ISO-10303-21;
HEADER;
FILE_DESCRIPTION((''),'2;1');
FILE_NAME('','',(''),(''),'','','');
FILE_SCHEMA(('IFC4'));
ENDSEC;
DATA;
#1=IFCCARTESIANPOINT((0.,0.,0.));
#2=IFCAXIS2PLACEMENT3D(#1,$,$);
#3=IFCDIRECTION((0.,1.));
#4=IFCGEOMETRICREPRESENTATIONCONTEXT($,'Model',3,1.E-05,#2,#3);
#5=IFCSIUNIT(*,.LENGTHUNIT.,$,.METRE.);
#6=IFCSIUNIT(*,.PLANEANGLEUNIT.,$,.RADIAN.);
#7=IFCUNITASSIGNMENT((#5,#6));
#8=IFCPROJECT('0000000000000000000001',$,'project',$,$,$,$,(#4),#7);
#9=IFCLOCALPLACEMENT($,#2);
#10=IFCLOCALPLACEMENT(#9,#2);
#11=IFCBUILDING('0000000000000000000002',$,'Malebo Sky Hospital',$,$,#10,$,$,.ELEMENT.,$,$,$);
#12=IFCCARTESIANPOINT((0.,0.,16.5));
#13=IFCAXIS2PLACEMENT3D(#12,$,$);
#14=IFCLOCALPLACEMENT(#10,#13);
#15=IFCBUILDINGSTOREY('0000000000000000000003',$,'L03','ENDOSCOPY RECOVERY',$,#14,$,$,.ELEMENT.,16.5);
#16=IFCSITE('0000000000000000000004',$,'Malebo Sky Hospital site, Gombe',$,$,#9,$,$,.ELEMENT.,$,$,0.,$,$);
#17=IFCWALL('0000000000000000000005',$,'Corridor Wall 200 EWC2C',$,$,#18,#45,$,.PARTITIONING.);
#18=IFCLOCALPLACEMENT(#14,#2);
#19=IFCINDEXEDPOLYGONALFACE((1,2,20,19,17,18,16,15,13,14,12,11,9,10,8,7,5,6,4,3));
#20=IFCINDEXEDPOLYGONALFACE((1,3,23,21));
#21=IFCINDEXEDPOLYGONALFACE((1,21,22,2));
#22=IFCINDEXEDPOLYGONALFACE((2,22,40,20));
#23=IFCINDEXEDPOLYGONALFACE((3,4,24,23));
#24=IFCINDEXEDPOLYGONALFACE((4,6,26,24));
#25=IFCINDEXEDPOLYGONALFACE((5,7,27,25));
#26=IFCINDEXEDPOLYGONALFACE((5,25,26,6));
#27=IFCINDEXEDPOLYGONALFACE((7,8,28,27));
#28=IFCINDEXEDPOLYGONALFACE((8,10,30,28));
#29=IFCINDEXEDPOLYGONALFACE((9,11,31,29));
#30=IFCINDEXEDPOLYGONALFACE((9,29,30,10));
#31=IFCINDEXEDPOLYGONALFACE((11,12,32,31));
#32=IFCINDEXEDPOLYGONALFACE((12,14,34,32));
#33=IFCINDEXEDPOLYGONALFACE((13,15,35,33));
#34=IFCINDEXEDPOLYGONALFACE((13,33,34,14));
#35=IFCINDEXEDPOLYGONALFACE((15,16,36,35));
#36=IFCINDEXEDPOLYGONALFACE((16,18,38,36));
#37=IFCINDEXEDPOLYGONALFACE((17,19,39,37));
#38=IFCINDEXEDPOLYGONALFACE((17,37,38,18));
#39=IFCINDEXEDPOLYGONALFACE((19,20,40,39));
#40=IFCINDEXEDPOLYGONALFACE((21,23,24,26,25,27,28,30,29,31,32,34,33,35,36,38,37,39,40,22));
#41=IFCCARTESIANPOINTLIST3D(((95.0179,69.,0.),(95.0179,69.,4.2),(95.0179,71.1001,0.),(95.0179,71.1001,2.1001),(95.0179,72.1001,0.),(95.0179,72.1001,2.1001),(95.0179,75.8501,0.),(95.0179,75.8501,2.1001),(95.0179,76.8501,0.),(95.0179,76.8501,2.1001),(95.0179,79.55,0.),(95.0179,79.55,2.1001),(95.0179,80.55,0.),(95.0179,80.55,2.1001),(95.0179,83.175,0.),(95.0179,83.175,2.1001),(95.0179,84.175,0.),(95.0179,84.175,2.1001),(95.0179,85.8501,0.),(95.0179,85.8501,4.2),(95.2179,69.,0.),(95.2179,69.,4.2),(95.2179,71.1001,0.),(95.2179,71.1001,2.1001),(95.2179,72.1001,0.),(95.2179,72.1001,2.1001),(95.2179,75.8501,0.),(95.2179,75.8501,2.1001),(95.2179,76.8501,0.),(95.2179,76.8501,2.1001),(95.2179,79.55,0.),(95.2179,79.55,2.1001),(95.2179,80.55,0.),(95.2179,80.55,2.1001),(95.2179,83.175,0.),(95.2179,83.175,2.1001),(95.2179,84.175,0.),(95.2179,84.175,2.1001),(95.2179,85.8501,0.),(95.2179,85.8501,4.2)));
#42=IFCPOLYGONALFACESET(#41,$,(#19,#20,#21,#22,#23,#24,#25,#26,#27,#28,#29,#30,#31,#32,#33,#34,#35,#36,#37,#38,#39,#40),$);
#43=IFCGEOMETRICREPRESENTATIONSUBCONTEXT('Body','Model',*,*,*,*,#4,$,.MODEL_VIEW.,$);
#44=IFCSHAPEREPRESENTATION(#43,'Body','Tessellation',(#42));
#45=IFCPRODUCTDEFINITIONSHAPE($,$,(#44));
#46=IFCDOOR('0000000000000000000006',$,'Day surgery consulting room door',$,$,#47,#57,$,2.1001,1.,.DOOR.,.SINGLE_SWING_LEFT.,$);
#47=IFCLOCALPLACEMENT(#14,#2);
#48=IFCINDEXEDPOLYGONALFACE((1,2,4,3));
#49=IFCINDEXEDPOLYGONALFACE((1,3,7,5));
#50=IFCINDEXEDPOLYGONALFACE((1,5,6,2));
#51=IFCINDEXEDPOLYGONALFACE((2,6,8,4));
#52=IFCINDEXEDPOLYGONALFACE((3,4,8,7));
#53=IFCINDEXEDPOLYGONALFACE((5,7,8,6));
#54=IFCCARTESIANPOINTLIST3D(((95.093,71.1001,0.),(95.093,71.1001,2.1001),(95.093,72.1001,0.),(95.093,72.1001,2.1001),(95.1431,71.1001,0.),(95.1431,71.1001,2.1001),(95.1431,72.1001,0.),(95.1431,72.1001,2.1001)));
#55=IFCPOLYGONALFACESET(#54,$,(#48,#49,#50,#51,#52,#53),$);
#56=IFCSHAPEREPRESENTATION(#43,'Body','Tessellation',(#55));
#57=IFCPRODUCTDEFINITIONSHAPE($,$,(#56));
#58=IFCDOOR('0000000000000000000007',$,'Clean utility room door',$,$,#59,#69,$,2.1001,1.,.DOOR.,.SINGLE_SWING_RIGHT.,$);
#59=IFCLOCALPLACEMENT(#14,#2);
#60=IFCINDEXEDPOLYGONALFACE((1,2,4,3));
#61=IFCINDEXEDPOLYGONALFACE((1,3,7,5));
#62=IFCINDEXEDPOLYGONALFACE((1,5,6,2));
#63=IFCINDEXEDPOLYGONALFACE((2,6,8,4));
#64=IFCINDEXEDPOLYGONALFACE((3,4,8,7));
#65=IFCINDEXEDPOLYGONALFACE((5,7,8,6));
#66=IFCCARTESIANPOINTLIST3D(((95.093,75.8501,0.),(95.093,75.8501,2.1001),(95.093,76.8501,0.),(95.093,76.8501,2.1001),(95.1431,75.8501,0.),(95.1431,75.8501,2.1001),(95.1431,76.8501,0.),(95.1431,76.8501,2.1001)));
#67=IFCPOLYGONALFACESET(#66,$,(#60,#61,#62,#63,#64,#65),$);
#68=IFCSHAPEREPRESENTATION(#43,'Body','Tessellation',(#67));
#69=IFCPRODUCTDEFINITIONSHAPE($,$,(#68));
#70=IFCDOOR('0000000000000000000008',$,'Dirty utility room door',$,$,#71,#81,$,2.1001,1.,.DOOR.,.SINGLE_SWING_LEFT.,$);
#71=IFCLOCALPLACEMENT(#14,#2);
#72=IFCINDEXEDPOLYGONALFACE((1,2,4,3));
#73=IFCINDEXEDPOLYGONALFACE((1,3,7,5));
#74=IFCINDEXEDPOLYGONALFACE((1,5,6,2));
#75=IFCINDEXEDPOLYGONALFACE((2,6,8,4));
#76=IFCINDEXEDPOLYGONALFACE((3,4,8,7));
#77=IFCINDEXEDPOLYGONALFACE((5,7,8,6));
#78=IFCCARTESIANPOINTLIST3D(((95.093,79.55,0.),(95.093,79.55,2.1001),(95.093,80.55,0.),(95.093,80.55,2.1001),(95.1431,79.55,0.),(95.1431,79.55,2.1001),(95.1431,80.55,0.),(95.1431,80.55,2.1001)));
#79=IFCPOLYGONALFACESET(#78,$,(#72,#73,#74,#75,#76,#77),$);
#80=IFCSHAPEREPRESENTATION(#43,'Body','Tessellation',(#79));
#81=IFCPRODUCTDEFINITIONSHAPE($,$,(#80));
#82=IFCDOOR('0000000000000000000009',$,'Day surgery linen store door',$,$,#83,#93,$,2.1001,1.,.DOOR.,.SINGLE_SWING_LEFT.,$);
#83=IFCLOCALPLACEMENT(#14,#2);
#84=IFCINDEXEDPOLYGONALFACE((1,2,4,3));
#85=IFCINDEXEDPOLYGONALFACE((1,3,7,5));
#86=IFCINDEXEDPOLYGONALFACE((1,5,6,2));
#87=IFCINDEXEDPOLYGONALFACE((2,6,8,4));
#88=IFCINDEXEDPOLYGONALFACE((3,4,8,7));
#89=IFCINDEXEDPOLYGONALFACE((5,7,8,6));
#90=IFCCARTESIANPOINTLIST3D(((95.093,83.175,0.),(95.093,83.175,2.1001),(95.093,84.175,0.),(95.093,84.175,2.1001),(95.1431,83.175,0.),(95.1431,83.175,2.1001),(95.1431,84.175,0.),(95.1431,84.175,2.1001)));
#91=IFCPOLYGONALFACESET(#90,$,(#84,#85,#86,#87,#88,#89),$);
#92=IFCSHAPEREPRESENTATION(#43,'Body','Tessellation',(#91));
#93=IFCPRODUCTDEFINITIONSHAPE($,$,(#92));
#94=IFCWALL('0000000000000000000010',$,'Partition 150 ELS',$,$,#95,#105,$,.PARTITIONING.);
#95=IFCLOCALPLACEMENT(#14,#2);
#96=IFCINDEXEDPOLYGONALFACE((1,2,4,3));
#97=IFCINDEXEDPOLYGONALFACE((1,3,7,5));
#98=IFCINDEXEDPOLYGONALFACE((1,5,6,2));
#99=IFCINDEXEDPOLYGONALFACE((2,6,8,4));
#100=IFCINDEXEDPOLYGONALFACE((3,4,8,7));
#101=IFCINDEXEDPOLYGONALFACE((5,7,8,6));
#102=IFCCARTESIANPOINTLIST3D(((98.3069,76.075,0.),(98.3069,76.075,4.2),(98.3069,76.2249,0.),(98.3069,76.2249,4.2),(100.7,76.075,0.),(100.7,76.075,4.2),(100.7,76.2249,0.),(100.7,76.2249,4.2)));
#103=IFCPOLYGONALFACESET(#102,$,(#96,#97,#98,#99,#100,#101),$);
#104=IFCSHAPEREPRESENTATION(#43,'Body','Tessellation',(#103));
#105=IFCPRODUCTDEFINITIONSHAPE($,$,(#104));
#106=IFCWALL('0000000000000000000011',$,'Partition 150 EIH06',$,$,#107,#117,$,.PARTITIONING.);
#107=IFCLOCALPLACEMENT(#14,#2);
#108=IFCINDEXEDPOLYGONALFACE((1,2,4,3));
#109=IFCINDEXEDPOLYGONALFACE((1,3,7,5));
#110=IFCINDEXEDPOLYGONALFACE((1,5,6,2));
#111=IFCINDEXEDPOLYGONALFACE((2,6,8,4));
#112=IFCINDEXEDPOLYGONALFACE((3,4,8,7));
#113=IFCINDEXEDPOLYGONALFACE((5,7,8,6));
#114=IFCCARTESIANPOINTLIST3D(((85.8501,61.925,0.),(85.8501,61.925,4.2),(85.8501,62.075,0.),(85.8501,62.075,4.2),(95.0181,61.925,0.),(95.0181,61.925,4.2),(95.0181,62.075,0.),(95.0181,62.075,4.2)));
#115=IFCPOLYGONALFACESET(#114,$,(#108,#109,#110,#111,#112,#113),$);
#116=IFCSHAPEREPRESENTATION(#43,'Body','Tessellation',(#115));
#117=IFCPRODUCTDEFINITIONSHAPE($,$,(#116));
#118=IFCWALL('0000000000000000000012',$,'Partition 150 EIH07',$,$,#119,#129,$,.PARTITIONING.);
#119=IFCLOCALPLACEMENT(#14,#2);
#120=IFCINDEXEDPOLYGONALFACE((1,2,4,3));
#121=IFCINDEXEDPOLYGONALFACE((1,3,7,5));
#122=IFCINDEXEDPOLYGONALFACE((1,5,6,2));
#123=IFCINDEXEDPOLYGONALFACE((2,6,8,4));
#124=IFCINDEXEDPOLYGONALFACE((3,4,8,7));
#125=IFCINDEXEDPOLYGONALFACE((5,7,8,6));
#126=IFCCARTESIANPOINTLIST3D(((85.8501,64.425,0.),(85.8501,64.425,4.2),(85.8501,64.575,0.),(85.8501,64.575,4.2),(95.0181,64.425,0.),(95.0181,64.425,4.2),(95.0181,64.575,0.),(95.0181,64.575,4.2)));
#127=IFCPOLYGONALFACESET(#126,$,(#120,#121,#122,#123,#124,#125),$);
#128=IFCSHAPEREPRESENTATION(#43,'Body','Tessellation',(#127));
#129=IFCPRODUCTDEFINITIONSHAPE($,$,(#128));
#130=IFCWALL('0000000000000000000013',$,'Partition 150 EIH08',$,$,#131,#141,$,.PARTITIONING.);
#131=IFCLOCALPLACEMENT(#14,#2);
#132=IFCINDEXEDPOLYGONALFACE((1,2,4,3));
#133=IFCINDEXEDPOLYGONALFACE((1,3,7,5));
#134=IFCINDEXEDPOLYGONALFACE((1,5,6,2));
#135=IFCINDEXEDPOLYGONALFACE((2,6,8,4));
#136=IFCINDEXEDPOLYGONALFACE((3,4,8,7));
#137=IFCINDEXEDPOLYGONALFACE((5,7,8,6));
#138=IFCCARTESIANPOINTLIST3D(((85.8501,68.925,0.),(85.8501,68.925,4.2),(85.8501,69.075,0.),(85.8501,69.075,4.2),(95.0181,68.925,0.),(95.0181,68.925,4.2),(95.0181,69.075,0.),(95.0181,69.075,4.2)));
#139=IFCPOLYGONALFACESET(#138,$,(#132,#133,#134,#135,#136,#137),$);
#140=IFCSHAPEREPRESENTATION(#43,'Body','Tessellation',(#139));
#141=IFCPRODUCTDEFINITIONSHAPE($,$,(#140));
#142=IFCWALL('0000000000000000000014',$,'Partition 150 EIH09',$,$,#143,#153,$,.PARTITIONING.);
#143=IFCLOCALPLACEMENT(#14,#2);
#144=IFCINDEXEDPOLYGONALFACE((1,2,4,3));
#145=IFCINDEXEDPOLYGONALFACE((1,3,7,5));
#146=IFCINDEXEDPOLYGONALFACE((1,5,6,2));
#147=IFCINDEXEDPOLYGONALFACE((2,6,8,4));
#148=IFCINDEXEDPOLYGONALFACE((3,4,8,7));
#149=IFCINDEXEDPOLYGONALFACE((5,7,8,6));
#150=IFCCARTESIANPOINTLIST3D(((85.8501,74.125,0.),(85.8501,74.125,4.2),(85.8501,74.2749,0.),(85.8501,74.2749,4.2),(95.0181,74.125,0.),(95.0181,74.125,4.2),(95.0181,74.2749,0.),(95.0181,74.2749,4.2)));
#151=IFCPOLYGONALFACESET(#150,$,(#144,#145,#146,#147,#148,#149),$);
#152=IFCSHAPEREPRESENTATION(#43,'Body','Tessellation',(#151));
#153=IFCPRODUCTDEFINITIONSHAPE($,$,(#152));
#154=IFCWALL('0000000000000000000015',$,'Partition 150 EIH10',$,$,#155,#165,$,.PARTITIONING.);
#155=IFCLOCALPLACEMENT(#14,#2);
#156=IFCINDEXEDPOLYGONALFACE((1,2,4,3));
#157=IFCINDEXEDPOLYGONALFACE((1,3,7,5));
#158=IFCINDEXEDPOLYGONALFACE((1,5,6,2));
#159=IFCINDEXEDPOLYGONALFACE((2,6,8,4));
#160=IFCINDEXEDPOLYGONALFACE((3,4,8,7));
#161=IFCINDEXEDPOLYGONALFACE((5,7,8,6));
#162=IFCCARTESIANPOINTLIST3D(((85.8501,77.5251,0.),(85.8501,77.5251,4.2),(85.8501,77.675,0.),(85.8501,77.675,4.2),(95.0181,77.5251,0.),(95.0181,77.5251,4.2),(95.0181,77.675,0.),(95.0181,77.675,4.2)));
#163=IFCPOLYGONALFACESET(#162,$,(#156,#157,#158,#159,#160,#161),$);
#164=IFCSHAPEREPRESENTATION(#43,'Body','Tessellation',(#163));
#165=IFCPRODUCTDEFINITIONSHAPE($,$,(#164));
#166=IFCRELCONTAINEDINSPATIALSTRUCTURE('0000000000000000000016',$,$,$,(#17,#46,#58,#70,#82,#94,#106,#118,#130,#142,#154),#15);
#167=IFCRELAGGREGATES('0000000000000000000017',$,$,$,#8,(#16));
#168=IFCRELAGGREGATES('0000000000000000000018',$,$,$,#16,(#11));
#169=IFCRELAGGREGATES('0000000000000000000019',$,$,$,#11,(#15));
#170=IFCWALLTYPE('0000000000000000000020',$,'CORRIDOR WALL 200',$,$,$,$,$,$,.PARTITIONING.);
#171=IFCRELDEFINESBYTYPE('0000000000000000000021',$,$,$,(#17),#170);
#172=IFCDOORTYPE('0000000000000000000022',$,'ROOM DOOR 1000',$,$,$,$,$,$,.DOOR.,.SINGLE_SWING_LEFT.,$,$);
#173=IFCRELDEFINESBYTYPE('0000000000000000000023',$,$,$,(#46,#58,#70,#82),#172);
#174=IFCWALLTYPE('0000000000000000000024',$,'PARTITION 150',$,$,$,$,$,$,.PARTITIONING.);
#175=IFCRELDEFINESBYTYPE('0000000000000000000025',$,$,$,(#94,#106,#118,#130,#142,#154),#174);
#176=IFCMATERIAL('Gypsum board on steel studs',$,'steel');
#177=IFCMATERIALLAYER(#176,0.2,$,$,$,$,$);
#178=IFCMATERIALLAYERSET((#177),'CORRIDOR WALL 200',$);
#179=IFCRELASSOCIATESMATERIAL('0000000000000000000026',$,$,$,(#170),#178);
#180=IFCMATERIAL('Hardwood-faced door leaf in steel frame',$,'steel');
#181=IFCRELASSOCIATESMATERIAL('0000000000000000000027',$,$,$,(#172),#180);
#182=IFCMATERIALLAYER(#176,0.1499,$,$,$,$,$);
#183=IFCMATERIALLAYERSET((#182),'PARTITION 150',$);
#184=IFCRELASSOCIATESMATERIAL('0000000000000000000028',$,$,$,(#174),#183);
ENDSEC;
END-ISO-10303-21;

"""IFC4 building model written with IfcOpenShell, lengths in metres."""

from ifc_helpers import new_model, si_unit, direction, frame, frame_2d, origin, place, context, subcontext, project, spatial, rectangle, extrude, material, layer, layer_set, type_object, element, fill, save


model = new_model("IFC4")

# Units and contexts
model_context = context("Model", 3, precision=1e-05, world=origin(), true_north=direction((0.0, 1.0)))
body_context = subcontext(model_context, "Body", "Model", "MODEL_VIEW")
ifc_project = project(units=[si_unit("LENGTHUNIT", "METRE"), si_unit("PLANEANGLEUNIT", "RADIAN")], contexts=[model_context])

# Site, building, storey
site_placement = place(None, origin())
site = spatial("IfcSite", under=ifc_project, at=site_placement, Name="Malebo Sky Hospital site, Gombe", CompositionType="ELEMENT", RefElevation=0.0)
building_placement = place(site_placement, origin())
building = spatial("IfcBuilding", under=site, at=building_placement, Name="Malebo Sky Hospital", CompositionType="ELEMENT")
storey_placement = place(building_placement, frame((0.0, 0.0, 16.5)))
storey = spatial("IfcBuildingStorey", under=building, at=storey_placement, Name="L03", Description="ENDOSCOPY RECOVERY", CompositionType="ELEMENT", Elevation=16.5)

# Wall, openings, doors
ifc_material_1 = material(Name="Gypsum board on steel studs", Category="steel")
ifc_layer_1 = layer(ifc_material_1, 0.2)
ifc_layer_set_1 = layer_set([ifc_layer_1], Name="CORRIDOR WALL 200")
wall_type_1 = type_object("IfcWallType", Name="CORRIDOR WALL 200", PredefinedType="PARTITIONING", material=ifc_layer_set_1)
wall_1_placement = place(storey_placement, frame((95.1179, 69.0, 0.0), z_axis=(0.0, 0.0, 1.0), x_axis=(0.0, 1.0, 0.0)))
wall_1 = element("IfcWall", 1, at=wall_1_placement, inside=storey, type_object=wall_type_1, Name="Corridor Wall 200 EWC2C", PredefinedType="PARTITIONING", context=body_context, shape_type="SweptSolid", body=[
    extrude(rectangle(XDim=16.8501, YDim=0.2, at=frame_2d((8.425, 0.0))), origin(), (0.0, 0.0, 1.0), 4.2),
])
opening_1_placement = place(wall_1_placement, frame((2.1001, 0.0, 0.0)))
opening_1 = element("IfcOpeningElement", 2, at=opening_1_placement, cuts=wall_1, PredefinedType="OPENING", context=body_context, shape_type="SweptSolid", body=[
    extrude(rectangle(XDim=1.0, YDim=2.1001, at=frame_2d((0.5, 1.05))), frame((0.0, 0.1099, 0.0), z_axis=(0.0, -1.0, 0.0), x_axis=(1.0, 0.0, 0.0)), (0.0, 0.0, 1.0), 0.22),
])
opening_2_placement = place(wall_1_placement, frame((6.8501, 0.0, 0.0)))
opening_2 = element("IfcOpeningElement", 3, at=opening_2_placement, cuts=wall_1, PredefinedType="OPENING", context=body_context, shape_type="SweptSolid", body=[
    extrude(rectangle(XDim=1.0, YDim=2.1001, at=frame_2d((0.5, 1.05))), frame((0.0, 0.1099, 0.0), z_axis=(0.0, -1.0, 0.0), x_axis=(1.0, 0.0, 0.0)), (0.0, 0.0, 1.0), 0.22),
])
opening_3_placement = place(wall_1_placement, frame((10.55, 0.0, 0.0)))
opening_3 = element("IfcOpeningElement", 4, at=opening_3_placement, cuts=wall_1, PredefinedType="OPENING", context=body_context, shape_type="SweptSolid", body=[
    extrude(rectangle(XDim=1.0, YDim=2.1001, at=frame_2d((0.5, 1.05))), frame((0.0, 0.1099, 0.0), z_axis=(0.0, -1.0, 0.0), x_axis=(1.0, 0.0, 0.0)), (0.0, 0.0, 1.0), 0.22),
])
opening_4_placement = place(wall_1_placement, frame((14.175, 0.0, 0.0)))
opening_4 = element("IfcOpeningElement", 5, at=opening_4_placement, cuts=wall_1, PredefinedType="OPENING", context=body_context, shape_type="SweptSolid", body=[
    extrude(rectangle(XDim=1.0, YDim=2.1001, at=frame_2d((0.5, 1.05))), frame((0.0, 0.1099, 0.0), z_axis=(0.0, -1.0, 0.0), x_axis=(1.0, 0.0, 0.0)), (0.0, 0.0, 1.0), 0.22),
])
ifc_material_2 = material(Name="Hardwood-faced door leaf in steel frame", Category="steel")
door_type_1 = type_object("IfcDoorType", Name="ROOM DOOR 1000", OperationType="SINGLE_SWING_LEFT", PredefinedType="DOOR", material=ifc_material_2)
door_1_placement = place(opening_1_placement, origin())
door_1 = element("IfcDoor", 6, at=door_1_placement, inside=storey, type_object=door_type_1, Name="Day surgery consulting room door", OperationType="SINGLE_SWING_LEFT", OverallHeight=2.1001, OverallWidth=1.0, PredefinedType="DOOR", context=body_context, shape_type="SweptSolid", body=[
    extrude(rectangle(XDim=1.0, YDim=2.1001, at=frame_2d((0.5, 1.05))), frame((0.0, 0.0249, 0.0), z_axis=(0.0, -1.0, 0.0), x_axis=(1.0, 0.0, 0.0)), (0.0, 0.0, 1.0), 0.05),
])
fill(opening_1, door_1)
door_2_placement = place(opening_2_placement, origin())
door_2 = element("IfcDoor", 7, at=door_2_placement, inside=storey, type_object=door_type_1, Name="Clean utility room door", OperationType="SINGLE_SWING_RIGHT", OverallHeight=2.1001, OverallWidth=1.0, PredefinedType="DOOR", context=body_context, shape_type="SweptSolid", body=[
    extrude(rectangle(XDim=1.0, YDim=2.1001, at=frame_2d((0.5, 1.05))), frame((0.0, 0.0249, 0.0), z_axis=(0.0, -1.0, 0.0), x_axis=(1.0, 0.0, 0.0)), (0.0, 0.0, 1.0), 0.05),
])
fill(opening_2, door_2)
door_3_placement = place(opening_3_placement, origin())
door_3 = element("IfcDoor", 8, at=door_3_placement, inside=storey, type_object=door_type_1, Name="Dirty utility room door", OperationType="SINGLE_SWING_LEFT", OverallHeight=2.1001, OverallWidth=1.0, PredefinedType="DOOR", context=body_context, shape_type="SweptSolid", body=[
    extrude(rectangle(XDim=1.0, YDim=2.1001, at=frame_2d((0.5, 1.05))), frame((0.0, 0.0249, 0.0), z_axis=(0.0, -1.0, 0.0), x_axis=(1.0, 0.0, 0.0)), (0.0, 0.0, 1.0), 0.05),
])
fill(opening_3, door_3)
door_4_placement = place(opening_4_placement, origin())
door_4 = element("IfcDoor", 9, at=door_4_placement, inside=storey, type_object=door_type_1, Name="Day surgery linen store door", OperationType="SINGLE_SWING_LEFT", OverallHeight=2.1001, OverallWidth=1.0, PredefinedType="DOOR", context=body_context, shape_type="SweptSolid", body=[
    extrude(rectangle(XDim=1.0, YDim=2.1001, at=frame_2d((0.5, 1.05))), frame((0.0, 0.0249, 0.0), z_axis=(0.0, -1.0, 0.0), x_axis=(1.0, 0.0, 0.0)), (0.0, 0.0, 1.0), 0.05),
])
fill(opening_4, door_4)

# Walls
ifc_layer_2 = layer(ifc_material_1, 0.1499)
ifc_layer_set_2 = layer_set([ifc_layer_2], Name="PARTITION 150")
wall_type_2 = type_object("IfcWallType", Name="PARTITION 150", PredefinedType="PARTITIONING", material=ifc_layer_set_2)
wall_2_placement = place(storey_placement, frame((100.7, 76.1499, 0.0), z_axis=(0.0, 0.0, 1.0), x_axis=(-1.0, 0.0, 0.0)))
element("IfcWall", 10, at=wall_2_placement, inside=storey, type_object=wall_type_2, Name="Partition 150 ELS", PredefinedType="PARTITIONING", context=body_context, shape_type="SweptSolid", body=[
    extrude(rectangle(XDim=2.3931, YDim=0.1499, at=frame_2d((1.1965, 0.0))), origin(), (0.0, 0.0, 1.0), 4.2),
])
for number, where, z_axis, x_axis, name in (
    (11, (95.0181, 62.0, 0.0), (0.0, 0.0, 1.0), (-1.0, 0.0, 0.0), "Partition 150 EIH06"),
    (12, (95.0181, 64.5, 0.0), (0.0, 0.0, 1.0), (-1.0, 0.0, 0.0), "Partition 150 EIH07"),
    (13, (95.0181, 69.0, 0.0), (0.0, 0.0, 1.0), (-1.0, 0.0, 0.0), "Partition 150 EIH08"),
    (14, (95.0181, 74.2, 0.0), (0.0, 0.0, 1.0), (-1.0, 0.0, 0.0), "Partition 150 EIH09"),
    (15, (95.0181, 77.6001, 0.0), (0.0, 0.0, 1.0), (-1.0, 0.0, 0.0), "Partition 150 EIH10"),
):
    element("IfcWall", number, at=place(storey_placement, frame(where, z_axis=z_axis, x_axis=x_axis)), inside=storey, type_object=wall_type_2, Name=name, PredefinedType="PARTITIONING", context=body_context, shape_type="SweptSolid", body=[
        extrude(rectangle(XDim=9.168, YDim=0.1499, at=frame_2d((4.584, 0.0))), origin(), (0.0, 0.0, 1.0), 4.2),
    ])

save(model, "model.ifc")
